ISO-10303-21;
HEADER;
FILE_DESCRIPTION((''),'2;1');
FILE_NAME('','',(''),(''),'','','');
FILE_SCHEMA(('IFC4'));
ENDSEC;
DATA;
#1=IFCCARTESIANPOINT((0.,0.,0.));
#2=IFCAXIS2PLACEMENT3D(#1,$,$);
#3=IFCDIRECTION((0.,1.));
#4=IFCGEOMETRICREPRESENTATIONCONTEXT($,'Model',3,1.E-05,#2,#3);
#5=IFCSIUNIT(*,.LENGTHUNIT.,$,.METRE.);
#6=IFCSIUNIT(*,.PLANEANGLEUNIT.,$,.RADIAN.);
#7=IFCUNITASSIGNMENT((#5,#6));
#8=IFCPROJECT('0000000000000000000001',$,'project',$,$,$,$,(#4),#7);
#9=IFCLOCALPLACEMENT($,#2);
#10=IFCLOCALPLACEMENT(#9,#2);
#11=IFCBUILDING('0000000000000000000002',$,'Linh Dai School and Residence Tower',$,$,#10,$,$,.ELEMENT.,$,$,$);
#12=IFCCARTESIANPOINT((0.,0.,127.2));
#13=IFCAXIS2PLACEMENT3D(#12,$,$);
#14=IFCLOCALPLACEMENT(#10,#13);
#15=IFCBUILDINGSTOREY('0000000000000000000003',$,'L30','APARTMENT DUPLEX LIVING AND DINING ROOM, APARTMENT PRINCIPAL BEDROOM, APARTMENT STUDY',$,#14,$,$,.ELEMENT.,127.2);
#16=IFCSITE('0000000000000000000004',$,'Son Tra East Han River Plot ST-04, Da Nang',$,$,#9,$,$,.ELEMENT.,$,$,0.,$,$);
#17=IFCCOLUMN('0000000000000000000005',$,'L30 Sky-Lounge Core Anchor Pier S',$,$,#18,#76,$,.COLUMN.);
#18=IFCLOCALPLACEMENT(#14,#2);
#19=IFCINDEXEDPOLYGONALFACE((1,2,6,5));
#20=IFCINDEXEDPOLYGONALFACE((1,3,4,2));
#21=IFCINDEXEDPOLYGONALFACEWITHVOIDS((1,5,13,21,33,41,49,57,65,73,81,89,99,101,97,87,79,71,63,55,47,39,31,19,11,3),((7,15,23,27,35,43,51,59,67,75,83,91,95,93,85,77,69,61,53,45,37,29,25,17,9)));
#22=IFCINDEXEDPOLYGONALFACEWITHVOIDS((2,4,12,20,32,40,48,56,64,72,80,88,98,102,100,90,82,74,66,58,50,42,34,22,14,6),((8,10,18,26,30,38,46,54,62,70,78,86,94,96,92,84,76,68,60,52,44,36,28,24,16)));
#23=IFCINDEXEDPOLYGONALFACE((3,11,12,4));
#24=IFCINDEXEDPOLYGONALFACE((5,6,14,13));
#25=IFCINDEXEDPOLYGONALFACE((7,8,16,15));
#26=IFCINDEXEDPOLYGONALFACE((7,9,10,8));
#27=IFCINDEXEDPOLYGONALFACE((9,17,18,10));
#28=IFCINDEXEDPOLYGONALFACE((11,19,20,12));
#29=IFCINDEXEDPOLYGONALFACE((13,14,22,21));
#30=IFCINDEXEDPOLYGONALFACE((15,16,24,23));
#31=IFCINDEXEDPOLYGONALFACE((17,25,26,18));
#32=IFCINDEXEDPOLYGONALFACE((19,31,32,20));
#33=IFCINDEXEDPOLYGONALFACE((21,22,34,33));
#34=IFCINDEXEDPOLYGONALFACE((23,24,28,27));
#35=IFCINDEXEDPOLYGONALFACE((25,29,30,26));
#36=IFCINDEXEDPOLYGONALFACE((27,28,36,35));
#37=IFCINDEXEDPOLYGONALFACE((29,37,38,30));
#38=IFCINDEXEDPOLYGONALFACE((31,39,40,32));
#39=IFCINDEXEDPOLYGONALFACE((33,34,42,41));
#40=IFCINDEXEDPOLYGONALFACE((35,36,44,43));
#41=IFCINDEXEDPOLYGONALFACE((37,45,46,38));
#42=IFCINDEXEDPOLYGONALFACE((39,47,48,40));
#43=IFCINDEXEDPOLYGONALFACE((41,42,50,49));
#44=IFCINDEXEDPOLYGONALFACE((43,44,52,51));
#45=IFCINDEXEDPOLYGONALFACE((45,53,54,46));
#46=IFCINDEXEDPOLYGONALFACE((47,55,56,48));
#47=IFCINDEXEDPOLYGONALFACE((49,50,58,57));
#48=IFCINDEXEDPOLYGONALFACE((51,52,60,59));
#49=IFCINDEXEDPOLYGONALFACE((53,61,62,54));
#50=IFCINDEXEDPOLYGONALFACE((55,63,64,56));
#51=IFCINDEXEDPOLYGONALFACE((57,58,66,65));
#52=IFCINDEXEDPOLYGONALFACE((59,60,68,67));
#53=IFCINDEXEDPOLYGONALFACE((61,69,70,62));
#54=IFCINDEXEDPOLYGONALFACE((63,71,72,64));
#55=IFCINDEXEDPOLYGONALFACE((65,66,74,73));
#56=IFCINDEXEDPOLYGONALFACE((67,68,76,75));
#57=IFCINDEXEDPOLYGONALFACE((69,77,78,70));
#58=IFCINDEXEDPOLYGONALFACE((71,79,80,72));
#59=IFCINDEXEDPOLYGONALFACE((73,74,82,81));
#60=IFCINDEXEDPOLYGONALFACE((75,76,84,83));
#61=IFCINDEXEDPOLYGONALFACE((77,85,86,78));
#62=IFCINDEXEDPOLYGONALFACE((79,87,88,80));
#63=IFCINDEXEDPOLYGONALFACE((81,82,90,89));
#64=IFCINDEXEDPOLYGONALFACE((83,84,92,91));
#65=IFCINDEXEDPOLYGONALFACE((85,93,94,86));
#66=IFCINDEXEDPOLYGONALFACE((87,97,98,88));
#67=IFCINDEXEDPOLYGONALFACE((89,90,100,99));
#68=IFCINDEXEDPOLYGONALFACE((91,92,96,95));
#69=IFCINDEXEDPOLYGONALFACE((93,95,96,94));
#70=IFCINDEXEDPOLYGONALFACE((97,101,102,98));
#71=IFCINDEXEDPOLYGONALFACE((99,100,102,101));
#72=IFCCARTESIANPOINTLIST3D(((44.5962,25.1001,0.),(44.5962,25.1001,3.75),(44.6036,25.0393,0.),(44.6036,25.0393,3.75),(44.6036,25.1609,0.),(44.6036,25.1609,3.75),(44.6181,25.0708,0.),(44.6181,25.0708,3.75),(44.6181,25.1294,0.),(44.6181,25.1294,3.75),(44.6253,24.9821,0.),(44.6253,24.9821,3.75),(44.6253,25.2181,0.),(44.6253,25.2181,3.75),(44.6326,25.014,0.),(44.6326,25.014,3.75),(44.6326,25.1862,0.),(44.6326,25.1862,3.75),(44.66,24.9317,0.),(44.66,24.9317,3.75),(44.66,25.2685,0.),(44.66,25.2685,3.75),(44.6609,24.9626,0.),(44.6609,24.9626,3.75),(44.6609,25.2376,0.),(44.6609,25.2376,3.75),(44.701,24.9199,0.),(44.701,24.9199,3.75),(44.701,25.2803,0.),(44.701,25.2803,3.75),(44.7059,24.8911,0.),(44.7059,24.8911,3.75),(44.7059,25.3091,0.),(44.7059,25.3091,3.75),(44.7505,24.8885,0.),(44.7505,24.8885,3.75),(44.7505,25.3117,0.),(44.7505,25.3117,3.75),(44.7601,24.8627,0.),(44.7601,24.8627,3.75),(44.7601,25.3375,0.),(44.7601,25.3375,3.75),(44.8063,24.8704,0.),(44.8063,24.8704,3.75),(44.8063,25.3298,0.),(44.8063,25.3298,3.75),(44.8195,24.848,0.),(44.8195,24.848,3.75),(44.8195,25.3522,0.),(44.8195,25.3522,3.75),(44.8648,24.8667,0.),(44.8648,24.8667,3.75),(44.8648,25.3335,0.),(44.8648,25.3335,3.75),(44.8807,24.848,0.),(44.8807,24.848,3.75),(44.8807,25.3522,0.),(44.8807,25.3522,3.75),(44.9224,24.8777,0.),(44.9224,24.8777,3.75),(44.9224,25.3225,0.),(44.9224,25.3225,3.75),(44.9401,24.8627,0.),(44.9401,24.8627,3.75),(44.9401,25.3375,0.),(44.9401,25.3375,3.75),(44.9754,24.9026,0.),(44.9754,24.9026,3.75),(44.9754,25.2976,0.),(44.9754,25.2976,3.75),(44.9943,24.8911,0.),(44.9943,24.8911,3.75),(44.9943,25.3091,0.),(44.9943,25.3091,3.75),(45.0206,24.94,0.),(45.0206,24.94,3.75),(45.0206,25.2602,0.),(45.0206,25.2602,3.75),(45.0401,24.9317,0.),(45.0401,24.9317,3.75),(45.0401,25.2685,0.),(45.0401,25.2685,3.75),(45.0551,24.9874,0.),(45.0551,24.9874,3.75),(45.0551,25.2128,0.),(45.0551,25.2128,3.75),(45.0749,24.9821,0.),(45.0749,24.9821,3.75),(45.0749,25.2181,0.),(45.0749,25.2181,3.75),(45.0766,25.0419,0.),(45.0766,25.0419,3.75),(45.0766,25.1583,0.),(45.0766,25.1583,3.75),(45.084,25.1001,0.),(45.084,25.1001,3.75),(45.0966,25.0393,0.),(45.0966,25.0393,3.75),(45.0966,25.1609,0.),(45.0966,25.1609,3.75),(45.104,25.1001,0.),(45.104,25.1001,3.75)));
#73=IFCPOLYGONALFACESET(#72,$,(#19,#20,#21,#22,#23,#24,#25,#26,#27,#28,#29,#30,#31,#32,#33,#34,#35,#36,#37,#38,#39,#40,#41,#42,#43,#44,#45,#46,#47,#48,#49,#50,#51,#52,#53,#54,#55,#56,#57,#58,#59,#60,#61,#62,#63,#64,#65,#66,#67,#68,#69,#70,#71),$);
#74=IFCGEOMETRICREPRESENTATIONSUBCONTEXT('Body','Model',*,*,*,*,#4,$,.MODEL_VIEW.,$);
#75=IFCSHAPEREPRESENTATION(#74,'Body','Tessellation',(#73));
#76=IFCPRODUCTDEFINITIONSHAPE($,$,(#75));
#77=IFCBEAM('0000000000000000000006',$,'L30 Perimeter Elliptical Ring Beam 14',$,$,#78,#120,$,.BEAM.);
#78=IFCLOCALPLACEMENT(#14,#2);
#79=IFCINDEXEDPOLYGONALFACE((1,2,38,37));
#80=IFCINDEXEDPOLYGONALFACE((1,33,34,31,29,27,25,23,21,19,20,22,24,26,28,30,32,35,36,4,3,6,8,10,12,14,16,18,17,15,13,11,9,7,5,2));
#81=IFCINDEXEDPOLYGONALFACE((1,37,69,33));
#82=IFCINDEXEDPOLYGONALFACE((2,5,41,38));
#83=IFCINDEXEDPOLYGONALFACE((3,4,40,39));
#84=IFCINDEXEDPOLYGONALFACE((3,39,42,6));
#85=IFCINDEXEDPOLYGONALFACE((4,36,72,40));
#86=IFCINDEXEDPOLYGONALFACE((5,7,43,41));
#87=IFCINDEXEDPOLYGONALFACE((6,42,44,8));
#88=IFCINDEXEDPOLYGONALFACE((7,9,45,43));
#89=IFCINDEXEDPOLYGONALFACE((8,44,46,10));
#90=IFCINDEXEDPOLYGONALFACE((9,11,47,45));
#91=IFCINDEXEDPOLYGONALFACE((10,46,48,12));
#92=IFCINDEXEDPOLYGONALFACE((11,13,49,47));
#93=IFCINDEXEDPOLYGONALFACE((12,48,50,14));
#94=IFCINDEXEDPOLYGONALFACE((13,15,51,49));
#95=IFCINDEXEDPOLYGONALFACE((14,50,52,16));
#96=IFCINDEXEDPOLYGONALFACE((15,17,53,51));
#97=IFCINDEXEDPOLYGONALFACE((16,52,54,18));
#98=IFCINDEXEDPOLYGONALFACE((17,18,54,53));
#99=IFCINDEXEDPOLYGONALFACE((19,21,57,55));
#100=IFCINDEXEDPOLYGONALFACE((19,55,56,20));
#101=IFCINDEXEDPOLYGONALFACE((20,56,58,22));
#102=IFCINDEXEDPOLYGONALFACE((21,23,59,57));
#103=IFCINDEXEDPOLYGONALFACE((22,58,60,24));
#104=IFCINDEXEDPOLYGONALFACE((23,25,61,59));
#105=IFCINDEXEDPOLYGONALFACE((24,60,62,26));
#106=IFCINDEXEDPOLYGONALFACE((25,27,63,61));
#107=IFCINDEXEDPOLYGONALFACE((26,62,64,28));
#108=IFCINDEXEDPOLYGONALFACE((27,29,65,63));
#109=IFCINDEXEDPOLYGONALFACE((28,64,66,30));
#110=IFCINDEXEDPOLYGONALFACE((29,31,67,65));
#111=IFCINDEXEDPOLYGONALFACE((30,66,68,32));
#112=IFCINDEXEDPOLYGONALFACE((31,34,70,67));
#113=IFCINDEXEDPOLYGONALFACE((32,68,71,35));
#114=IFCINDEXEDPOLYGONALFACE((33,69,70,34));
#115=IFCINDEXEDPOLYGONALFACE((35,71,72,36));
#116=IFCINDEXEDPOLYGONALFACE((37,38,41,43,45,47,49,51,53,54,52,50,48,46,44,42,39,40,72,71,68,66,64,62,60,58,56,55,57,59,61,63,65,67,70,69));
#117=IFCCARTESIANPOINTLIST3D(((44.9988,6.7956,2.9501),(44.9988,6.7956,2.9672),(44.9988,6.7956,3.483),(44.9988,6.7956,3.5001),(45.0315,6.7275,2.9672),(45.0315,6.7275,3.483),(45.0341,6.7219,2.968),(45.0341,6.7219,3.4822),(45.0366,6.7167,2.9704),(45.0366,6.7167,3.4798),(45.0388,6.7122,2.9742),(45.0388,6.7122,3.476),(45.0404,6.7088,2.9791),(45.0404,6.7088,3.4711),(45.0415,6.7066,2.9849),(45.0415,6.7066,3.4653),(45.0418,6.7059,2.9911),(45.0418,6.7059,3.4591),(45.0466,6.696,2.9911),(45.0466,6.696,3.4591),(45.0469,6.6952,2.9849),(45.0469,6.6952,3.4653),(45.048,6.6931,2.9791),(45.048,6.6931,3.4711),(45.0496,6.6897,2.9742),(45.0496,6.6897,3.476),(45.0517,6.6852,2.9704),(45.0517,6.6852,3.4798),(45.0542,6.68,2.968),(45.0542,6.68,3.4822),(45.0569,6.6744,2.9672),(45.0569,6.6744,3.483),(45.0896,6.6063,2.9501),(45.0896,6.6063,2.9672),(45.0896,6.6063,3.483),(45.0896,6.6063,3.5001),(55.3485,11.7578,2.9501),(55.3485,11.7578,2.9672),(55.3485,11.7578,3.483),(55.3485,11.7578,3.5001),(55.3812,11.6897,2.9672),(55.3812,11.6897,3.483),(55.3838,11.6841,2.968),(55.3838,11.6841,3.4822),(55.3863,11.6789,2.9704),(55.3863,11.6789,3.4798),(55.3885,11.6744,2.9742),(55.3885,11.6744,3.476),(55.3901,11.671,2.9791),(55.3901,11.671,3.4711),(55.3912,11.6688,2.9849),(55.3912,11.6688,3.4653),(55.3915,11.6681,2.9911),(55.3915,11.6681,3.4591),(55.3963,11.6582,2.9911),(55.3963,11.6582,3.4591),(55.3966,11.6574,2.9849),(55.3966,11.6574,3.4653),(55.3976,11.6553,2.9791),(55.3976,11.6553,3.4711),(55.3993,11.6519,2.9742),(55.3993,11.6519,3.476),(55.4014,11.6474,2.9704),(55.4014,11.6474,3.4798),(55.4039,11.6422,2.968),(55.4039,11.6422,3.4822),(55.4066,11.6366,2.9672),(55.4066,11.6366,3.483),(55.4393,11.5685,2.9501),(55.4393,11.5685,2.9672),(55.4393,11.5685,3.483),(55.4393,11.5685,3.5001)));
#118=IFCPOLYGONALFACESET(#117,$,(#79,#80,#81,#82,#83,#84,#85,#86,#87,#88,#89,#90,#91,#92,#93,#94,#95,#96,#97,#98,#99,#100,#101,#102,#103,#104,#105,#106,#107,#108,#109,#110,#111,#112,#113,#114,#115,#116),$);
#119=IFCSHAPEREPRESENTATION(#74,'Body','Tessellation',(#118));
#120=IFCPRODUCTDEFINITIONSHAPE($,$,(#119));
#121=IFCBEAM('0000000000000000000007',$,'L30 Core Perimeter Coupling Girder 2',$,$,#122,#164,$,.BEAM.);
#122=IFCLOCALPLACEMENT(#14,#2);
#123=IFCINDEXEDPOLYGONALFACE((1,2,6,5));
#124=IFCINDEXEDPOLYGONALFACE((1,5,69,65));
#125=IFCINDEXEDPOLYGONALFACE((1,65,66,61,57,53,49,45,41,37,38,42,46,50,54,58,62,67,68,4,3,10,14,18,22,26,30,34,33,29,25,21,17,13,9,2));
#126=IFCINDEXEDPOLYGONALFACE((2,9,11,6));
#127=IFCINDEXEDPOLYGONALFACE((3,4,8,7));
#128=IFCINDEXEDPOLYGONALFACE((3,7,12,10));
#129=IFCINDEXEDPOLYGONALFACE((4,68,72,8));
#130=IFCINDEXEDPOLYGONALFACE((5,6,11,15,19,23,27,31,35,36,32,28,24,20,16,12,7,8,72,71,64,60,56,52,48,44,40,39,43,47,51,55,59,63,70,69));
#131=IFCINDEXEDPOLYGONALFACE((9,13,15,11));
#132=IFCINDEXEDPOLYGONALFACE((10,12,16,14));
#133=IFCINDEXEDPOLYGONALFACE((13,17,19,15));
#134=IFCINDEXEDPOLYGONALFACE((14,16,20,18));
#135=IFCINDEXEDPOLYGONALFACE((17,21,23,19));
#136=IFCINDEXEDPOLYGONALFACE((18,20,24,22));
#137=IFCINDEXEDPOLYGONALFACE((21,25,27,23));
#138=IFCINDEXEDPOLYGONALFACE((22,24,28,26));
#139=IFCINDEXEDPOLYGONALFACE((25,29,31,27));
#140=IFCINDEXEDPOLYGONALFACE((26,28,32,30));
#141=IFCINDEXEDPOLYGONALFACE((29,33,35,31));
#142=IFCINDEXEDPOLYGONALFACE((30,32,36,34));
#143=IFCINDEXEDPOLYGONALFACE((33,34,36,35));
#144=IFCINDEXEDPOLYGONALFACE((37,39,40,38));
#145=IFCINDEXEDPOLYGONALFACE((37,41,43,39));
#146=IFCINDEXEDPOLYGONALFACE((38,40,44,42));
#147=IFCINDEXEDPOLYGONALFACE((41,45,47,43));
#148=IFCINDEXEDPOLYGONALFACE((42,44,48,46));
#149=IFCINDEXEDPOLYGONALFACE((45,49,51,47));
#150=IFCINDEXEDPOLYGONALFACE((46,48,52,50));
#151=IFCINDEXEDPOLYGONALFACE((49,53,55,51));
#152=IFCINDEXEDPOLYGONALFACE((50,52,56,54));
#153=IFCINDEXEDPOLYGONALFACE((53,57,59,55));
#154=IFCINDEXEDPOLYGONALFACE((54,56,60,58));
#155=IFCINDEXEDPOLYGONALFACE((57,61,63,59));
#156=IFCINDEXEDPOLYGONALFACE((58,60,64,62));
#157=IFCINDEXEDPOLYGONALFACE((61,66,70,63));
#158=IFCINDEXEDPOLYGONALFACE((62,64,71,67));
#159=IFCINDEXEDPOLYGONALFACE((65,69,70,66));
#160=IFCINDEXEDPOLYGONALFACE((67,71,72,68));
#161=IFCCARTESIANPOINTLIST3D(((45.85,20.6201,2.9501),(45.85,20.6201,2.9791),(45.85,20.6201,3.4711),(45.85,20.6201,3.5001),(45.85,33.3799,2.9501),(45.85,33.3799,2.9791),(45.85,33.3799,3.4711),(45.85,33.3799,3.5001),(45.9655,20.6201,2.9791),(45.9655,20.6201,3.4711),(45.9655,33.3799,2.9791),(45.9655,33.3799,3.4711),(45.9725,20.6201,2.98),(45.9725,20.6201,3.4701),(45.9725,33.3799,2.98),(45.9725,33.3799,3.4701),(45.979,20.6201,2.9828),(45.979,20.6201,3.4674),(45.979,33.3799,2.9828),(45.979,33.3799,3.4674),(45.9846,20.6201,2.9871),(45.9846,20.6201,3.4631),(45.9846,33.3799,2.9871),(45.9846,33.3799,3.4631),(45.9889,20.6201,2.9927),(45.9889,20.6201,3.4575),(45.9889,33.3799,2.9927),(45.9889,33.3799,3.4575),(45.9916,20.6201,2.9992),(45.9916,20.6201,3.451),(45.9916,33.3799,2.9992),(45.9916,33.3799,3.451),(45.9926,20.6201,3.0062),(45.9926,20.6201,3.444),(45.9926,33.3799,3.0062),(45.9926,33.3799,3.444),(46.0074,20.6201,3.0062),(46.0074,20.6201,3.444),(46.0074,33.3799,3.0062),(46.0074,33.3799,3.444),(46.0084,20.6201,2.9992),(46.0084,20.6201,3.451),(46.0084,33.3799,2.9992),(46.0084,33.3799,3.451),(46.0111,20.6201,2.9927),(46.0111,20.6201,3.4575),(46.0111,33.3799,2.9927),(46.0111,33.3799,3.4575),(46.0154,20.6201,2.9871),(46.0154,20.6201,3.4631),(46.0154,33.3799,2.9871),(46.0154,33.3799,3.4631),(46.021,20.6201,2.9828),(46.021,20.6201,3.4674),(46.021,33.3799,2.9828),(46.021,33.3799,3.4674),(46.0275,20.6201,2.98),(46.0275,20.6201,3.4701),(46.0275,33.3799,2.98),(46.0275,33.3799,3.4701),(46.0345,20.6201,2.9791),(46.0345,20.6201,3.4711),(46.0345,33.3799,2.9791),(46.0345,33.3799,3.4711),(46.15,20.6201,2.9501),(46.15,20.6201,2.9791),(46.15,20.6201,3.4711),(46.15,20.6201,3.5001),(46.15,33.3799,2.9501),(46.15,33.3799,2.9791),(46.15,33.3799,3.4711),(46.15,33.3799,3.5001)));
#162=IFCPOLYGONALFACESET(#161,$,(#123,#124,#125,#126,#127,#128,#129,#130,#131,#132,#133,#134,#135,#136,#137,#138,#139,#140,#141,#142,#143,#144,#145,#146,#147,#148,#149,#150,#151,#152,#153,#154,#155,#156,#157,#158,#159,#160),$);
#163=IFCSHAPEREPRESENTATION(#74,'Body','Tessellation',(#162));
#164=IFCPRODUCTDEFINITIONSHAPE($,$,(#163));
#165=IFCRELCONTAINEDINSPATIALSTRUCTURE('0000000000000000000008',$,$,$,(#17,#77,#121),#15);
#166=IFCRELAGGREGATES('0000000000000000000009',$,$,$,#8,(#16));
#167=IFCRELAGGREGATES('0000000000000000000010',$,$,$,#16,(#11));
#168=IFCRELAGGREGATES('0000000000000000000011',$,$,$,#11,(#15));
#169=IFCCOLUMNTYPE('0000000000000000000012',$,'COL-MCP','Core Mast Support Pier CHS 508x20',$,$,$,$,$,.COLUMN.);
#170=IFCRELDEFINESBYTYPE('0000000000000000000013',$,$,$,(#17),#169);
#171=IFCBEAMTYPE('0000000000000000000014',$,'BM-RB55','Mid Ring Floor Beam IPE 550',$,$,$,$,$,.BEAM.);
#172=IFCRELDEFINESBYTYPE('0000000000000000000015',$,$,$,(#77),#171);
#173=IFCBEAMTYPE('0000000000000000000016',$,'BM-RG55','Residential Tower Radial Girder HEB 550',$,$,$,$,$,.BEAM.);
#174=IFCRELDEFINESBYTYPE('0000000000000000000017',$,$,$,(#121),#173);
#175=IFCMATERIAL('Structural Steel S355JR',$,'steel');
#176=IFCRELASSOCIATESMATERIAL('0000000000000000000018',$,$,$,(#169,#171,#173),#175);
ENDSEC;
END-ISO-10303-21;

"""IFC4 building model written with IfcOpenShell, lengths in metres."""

from ifc_helpers import new_model, si_unit, direction, frame, origin, origin_2d, place, context, subcontext, project, spatial, hollow_circle, i_section, extrude, material, material_profile, profile_set, type_object, element, save


model = new_model("IFC4")

# Units and contexts
model_context = context("Model", 3, precision=1e-05, world=origin(), true_north=direction((0.0, 1.0)))
body_context = subcontext(model_context, "Body", "Model", "MODEL_VIEW")
ifc_project = project(units=[si_unit("LENGTHUNIT", "METRE"), si_unit("PLANEANGLEUNIT", "RADIAN")], contexts=[model_context])

# Site, building, storey
site_placement = place(None, origin())
site = spatial("IfcSite", under=ifc_project, at=site_placement, Name="Son Tra East Han River Plot ST-04, Da Nang", CompositionType="ELEMENT", RefElevation=0.0)
building_placement = place(site_placement, origin())
building = spatial("IfcBuilding", under=site, at=building_placement, Name="Linh Dai School and Residence Tower", CompositionType="ELEMENT")
storey_placement = place(building_placement, frame((0.0, 0.0, 127.2)))
storey = spatial("IfcBuildingStorey", under=building, at=storey_placement, Name="L30", Description="APARTMENT DUPLEX LIVING AND DINING ROOM, APARTMENT PRINCIPAL BEDROOM, APARTMENT STUDY", CompositionType="ELEMENT", Elevation=127.2)

# Column
ifc_material_1 = material(Name="Structural Steel S355JR", Category="steel")
ifc_material_profile_1 = material_profile(ifc_material_1, hollow_circle(Radius=0.2539, WallThickness=0.02, at=origin_2d()), Name="CHS 508x20")
ifc_profile_set_1 = profile_set([ifc_material_profile_1], Name="Structural Steel S355JR")
column_type_1 = type_object("IfcColumnType", Name="COL-MCP", Description="Core Mast Support Pier CHS 508x20", PredefinedType="COLUMN", material=ifc_profile_set_1)
column_1_placement = place(storey_placement, frame((44.8501, 25.1001, 0.0), z_axis=(0.0, 0.0, 1.0), x_axis=(1.0, 0.0, 0.0)))
element("IfcColumn", 1, at=column_1_placement, inside=storey, type_object=column_type_1, Name="L30 Sky-Lounge Core Anchor Pier S", PredefinedType="COLUMN", context=body_context, shape_type="SweptSolid", body=[
    extrude(hollow_circle(Radius=0.2539, WallThickness=0.02, at=origin_2d()), origin(), (0.0, 0.0, 1.0), 3.75),
])

# Beams
ifc_material_profile_2 = material_profile(ifc_material_1, i_section(OverallWidth=0.21, OverallDepth=0.55, WebThickness=0.011, FlangeThickness=0.0171, FilletRadius=0.0239, at=origin_2d()), Name="IPE 550")
ifc_profile_set_2 = profile_set([ifc_material_profile_2], Name="Structural Steel S355JR")
beam_type_1 = type_object("IfcBeamType", Name="BM-RB55", Description="Mid Ring Floor Beam IPE 550", PredefinedType="BEAM", material=ifc_profile_set_2)
beam_1_placement = place(storey_placement, frame((45.0442, 6.7009, 3.2251), z_axis=(0.901715, 0.432331, 0.0), x_axis=(-0.432331, 0.901715, 0.0)))
element("IfcBeam", 2, at=beam_1_placement, inside=storey, type_object=beam_type_1, Name="L30 Perimeter Elliptical Ring Beam 14", PredefinedType="BEAM", context=body_context, shape_type="SweptSolid", body=[
    extrude(i_section(OverallWidth=0.21, OverallDepth=0.55, WebThickness=0.011, FlangeThickness=0.0171, FilletRadius=0.0239, at=origin_2d()), origin(), (0.0, 0.0, 1.0), 11.4778),
])
ifc_material_profile_3 = material_profile(ifc_material_1, i_section(OverallWidth=0.3, OverallDepth=0.55, WebThickness=0.0149, FlangeThickness=0.0291, FilletRadius=0.0271, at=origin_2d()), Name="HEB 550")
ifc_profile_set_3 = profile_set([ifc_material_profile_3], Name="Structural Steel S355JR")
beam_type_2 = type_object("IfcBeamType", Name="BM-RG55", Description="Residential Tower Radial Girder HEB 550", PredefinedType="BEAM", material=ifc_profile_set_3)
beam_2_placement = place(storey_placement, frame((46.0, 20.6201, 3.2251), z_axis=(0.0, 1.0, 0.0), x_axis=(-1.0, 0.0, 0.0)))
element("IfcBeam", 3, at=beam_2_placement, inside=storey, type_object=beam_type_2, Name="L30 Core Perimeter Coupling Girder 2", PredefinedType="BEAM", context=body_context, shape_type="SweptSolid", body=[
    extrude(i_section(OverallWidth=0.3, OverallDepth=0.55, WebThickness=0.0149, FlangeThickness=0.0291, FilletRadius=0.0271, at=origin_2d()), origin(), (0.0, 0.0, 1.0), 12.7598),
])

save(model, "model.ifc")
